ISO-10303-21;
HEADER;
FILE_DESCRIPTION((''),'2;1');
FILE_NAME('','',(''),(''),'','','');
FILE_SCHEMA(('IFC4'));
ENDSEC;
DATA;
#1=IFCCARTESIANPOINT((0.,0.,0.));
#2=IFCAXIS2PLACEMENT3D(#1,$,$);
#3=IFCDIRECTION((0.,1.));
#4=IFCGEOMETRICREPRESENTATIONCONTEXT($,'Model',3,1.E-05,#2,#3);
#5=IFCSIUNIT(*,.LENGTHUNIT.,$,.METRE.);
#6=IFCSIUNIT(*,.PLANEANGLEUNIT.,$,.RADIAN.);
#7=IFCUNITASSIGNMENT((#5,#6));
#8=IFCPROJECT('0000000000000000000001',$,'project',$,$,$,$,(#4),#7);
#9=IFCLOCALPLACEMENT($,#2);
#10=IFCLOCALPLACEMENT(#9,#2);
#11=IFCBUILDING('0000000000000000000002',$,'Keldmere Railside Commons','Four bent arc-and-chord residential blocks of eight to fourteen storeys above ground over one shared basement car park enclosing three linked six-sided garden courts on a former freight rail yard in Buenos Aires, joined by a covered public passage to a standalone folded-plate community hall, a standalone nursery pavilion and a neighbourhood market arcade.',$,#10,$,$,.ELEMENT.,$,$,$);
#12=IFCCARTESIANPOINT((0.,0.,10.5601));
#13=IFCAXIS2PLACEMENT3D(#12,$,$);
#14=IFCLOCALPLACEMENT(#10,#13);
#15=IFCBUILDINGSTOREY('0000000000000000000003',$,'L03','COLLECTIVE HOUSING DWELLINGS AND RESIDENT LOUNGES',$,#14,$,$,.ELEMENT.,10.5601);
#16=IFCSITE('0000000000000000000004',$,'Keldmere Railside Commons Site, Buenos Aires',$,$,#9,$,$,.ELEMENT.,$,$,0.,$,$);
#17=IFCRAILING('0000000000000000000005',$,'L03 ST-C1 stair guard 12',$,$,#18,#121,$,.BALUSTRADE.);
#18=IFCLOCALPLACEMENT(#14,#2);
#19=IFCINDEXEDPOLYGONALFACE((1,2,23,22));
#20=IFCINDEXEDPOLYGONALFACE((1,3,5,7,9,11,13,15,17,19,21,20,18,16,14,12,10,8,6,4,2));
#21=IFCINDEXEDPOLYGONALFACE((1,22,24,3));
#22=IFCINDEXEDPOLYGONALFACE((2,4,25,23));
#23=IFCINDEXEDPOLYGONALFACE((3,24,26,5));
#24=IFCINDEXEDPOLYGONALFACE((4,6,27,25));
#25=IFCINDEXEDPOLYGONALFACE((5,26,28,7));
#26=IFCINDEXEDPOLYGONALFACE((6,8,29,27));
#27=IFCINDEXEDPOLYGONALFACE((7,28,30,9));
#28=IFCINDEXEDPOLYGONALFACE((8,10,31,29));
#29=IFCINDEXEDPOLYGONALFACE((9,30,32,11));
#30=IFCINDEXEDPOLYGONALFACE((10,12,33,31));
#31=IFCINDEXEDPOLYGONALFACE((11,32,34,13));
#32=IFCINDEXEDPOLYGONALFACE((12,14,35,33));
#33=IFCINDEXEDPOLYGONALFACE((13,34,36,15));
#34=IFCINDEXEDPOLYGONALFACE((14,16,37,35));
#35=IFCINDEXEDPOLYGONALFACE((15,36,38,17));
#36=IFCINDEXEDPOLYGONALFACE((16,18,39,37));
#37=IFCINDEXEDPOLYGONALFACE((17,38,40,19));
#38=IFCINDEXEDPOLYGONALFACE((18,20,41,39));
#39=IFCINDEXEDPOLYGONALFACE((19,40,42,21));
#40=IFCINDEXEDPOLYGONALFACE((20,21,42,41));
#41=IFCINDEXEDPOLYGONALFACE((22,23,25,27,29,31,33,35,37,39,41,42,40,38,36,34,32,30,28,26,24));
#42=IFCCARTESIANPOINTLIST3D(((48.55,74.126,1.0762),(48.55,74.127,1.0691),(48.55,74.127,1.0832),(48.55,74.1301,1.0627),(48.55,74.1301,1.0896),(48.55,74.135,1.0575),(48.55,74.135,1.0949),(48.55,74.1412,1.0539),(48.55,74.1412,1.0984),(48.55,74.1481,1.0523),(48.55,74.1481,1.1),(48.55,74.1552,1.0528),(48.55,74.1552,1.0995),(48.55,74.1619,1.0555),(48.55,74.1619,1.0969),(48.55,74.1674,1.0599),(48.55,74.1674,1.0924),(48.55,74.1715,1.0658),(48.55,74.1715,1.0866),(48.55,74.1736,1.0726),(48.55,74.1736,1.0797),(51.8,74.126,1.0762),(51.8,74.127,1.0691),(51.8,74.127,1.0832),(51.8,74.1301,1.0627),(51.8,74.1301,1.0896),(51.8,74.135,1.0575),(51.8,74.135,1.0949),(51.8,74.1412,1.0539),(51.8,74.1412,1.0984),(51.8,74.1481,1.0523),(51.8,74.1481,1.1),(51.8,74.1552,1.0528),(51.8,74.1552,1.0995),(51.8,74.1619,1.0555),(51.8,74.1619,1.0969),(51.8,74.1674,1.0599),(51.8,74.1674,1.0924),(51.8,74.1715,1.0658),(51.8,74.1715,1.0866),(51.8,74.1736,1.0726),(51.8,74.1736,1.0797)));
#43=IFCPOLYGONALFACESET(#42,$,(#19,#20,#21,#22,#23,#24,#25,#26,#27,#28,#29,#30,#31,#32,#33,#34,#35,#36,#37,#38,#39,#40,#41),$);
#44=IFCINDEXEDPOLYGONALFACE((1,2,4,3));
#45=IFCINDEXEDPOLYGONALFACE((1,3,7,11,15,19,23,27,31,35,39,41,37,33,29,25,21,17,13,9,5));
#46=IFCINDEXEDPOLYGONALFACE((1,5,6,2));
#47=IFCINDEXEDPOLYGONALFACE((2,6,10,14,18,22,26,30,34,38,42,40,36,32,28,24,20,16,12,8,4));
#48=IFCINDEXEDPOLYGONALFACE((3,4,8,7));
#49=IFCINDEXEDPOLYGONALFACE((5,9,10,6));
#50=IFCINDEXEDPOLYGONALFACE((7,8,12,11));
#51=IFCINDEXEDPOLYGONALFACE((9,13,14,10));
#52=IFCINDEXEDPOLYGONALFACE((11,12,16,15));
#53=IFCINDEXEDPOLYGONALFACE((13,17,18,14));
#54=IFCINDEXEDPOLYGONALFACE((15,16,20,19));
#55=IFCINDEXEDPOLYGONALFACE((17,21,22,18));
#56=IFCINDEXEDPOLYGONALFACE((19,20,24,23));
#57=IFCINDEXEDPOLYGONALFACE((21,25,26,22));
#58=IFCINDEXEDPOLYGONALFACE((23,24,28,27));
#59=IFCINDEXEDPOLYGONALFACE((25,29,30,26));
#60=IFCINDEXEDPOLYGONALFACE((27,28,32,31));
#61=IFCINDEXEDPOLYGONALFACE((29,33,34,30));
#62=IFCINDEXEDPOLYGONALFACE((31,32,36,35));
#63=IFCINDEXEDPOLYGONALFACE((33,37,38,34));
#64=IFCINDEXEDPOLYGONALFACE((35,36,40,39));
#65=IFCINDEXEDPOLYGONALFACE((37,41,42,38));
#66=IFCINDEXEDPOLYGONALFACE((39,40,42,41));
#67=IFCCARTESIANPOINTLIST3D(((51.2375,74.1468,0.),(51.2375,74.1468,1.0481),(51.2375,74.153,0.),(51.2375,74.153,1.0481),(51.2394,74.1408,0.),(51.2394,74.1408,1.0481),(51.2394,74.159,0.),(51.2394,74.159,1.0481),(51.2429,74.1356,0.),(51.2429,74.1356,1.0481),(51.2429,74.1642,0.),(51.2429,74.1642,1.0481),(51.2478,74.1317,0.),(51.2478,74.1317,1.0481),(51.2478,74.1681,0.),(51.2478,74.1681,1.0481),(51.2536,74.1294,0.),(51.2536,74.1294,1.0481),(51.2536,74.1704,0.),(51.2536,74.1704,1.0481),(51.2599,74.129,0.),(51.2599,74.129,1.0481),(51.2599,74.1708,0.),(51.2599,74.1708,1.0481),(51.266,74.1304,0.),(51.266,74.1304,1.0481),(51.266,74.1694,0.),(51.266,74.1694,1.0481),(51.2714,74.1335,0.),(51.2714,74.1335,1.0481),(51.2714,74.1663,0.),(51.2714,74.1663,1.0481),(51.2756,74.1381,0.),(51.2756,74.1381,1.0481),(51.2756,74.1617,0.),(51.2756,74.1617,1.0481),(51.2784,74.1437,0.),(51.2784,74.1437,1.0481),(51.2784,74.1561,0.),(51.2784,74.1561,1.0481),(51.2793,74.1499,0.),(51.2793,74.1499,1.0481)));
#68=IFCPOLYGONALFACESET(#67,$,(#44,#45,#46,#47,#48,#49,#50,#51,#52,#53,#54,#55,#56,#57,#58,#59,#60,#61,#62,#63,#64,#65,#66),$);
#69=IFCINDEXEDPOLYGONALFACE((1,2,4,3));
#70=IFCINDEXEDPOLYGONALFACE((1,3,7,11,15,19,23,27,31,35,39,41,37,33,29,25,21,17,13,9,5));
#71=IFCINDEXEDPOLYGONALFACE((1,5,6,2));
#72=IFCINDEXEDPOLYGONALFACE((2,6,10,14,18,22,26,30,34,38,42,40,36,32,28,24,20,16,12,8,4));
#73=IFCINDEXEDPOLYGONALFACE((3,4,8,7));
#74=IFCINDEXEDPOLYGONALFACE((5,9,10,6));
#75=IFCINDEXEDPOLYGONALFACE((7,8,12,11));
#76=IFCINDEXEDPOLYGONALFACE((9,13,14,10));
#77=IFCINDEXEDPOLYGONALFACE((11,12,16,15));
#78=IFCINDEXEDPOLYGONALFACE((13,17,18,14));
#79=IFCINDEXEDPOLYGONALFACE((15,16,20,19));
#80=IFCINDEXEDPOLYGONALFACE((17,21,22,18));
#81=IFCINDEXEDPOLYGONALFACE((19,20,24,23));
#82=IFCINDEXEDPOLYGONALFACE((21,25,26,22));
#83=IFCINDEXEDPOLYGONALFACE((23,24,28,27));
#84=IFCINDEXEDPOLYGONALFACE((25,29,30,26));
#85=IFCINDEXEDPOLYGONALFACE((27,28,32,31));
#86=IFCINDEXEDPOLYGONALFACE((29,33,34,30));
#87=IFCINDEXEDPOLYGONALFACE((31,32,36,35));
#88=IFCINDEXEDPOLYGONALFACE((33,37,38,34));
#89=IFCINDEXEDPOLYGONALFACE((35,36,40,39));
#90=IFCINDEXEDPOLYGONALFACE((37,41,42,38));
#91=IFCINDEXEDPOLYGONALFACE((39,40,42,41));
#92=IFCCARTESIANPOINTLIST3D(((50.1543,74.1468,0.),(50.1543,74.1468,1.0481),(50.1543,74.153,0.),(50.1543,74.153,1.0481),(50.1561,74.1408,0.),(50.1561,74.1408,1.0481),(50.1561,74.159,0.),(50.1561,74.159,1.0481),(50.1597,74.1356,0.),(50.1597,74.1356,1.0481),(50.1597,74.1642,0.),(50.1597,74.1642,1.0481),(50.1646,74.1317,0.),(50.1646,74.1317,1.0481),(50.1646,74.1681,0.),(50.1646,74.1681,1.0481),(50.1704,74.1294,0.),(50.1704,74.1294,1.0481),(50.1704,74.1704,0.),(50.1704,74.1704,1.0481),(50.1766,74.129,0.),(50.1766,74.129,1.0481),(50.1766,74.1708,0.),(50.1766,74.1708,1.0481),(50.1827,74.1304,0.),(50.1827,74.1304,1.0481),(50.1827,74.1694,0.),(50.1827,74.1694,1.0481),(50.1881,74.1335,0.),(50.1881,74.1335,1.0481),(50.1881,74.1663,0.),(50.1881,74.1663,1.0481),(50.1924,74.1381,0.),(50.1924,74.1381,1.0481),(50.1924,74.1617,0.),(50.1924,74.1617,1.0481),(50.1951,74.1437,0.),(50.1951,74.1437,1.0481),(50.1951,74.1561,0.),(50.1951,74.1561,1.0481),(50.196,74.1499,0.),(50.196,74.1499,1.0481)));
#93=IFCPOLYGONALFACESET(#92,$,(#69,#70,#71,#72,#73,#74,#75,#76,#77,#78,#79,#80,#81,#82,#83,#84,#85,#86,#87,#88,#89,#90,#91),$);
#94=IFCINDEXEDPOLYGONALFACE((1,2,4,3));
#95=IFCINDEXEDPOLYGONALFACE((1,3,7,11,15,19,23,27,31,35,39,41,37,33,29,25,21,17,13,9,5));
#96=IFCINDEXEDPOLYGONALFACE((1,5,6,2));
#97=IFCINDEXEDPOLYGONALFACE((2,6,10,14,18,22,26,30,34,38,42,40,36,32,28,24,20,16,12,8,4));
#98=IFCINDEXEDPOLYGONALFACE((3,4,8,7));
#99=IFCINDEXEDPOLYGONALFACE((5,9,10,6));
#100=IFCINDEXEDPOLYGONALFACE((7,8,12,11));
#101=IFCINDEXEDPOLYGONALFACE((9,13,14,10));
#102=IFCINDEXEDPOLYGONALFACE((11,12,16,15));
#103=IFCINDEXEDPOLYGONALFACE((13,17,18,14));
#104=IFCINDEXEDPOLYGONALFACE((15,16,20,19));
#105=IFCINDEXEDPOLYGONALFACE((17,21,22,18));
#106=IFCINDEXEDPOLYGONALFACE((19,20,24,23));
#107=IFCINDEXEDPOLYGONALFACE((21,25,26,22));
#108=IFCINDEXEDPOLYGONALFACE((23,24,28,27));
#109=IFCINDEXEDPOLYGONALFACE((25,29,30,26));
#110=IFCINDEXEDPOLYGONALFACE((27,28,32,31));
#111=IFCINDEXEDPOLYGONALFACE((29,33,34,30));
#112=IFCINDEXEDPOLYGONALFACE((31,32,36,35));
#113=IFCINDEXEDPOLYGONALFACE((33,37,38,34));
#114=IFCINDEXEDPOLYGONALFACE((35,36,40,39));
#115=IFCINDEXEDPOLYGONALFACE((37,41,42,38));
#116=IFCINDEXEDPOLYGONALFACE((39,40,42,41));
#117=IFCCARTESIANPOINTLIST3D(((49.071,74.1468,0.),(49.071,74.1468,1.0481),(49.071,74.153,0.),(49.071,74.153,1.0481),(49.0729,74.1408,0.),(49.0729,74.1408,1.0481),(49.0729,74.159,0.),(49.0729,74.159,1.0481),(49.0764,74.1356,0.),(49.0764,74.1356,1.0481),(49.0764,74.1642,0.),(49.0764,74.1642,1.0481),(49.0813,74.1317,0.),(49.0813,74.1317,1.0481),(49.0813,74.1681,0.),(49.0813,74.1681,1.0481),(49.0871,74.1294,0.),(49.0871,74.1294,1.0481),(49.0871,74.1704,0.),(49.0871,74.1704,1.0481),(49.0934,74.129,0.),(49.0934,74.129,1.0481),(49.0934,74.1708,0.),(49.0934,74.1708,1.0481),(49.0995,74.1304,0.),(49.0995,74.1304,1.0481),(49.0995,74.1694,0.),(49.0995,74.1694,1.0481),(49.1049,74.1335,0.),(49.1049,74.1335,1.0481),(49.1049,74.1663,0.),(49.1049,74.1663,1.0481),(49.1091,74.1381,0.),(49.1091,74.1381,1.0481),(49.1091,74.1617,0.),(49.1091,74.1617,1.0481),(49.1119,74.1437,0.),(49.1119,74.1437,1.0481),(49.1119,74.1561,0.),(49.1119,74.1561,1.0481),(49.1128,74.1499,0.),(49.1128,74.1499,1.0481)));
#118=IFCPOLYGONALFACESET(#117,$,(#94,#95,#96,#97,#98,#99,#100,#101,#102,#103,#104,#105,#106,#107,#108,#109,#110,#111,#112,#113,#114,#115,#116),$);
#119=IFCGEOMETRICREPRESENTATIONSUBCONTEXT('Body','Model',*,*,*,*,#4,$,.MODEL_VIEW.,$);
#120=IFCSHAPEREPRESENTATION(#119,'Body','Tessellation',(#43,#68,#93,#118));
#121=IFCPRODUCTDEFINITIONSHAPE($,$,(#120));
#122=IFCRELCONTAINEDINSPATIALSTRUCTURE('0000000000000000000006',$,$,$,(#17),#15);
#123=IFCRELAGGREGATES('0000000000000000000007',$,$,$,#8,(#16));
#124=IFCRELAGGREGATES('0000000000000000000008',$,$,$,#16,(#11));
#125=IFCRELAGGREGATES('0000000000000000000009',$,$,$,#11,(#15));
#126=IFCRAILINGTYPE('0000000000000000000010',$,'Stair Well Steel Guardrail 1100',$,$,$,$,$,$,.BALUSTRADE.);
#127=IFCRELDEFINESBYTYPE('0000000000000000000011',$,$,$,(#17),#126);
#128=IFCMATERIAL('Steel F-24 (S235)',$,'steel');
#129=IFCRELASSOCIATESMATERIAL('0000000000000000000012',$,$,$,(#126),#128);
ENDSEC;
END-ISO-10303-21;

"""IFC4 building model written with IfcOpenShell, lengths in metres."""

from ifc_helpers import new_model, si_unit, direction, frame, origin, origin_2d, place, context, subcontext, project, spatial, circle, extrude, material, type_object, element, save


model = new_model("IFC4")

# Units and contexts
model_context = context("Model", 3, precision=1e-05, world=origin(), true_north=direction((0.0, 1.0)))
body_context = subcontext(model_context, "Body", "Model", "MODEL_VIEW")
ifc_project = project(units=[si_unit("LENGTHUNIT", "METRE"), si_unit("PLANEANGLEUNIT", "RADIAN")], contexts=[model_context])

# Site, building, storey
site_placement = place(None, origin())
site = spatial("IfcSite", under=ifc_project, at=site_placement, Name="Keldmere Railside Commons Site, Buenos Aires", CompositionType="ELEMENT", RefElevation=0.0)
building_placement = place(site_placement, origin())
building = spatial("IfcBuilding", under=site, at=building_placement, Name="Keldmere Railside Commons", Description="Four bent arc-and-chord residential blocks of eight to fourteen storeys above ground over one shared basement car park enclosing three linked six-sided garden courts on a former freight rail yard in Buenos Aires, joined by a covered public passage to a standalone folded-plate community hall, a standalone nursery pavilion and a neighbourhood market arcade.", CompositionType="ELEMENT")
storey_placement = place(building_placement, frame((0.0, 0.0, 10.5601)))
storey = spatial("IfcBuildingStorey", under=building, at=storey_placement, Name="L03", Description="COLLECTIVE HOUSING DWELLINGS AND RESIDENT LOUNGES", CompositionType="ELEMENT", Elevation=10.5601)

# Shared definitions
ifc_material_1 = material(Name="Steel F-24 (S235)", Category="steel")

# Railing
railing_type = type_object("IfcRailingType", Name="Stair Well Steel Guardrail 1100", PredefinedType="BALUSTRADE", material=ifc_material_1)
railing_1_placement = place(storey_placement, frame((51.8, 74.1499, 0.0)))
element("IfcRailing", 1, at=railing_1_placement, inside=storey, type_object=railing_type, Name="L03 ST-C1 stair guard 12", PredefinedType="BALUSTRADE", context=body_context, shape_type="SweptSolid", body=[
    extrude(circle(Radius=0.0239, at=origin_2d()), frame((0.0, 0.0, 1.0762), z_axis=(-1.0, 0.0, 0.0), x_axis=(0.0, -1.0, 0.0)), (0.0, 0.0, 1.0), 3.25),
    extrude(circle(Radius=0.021, at=origin_2d()), frame((-0.5417, 0.0, 0.0)), (0.0, 0.0, 1.0), 1.0481),
    extrude(circle(Radius=0.021, at=origin_2d()), frame((-1.625, 0.0, 0.0)), (0.0, 0.0, 1.0), 1.0481),
    extrude(circle(Radius=0.021, at=origin_2d()), frame((-2.7083, 0.0, 0.0)), (0.0, 0.0, 1.0), 1.0481),
])

save(model, "model.ifc")
